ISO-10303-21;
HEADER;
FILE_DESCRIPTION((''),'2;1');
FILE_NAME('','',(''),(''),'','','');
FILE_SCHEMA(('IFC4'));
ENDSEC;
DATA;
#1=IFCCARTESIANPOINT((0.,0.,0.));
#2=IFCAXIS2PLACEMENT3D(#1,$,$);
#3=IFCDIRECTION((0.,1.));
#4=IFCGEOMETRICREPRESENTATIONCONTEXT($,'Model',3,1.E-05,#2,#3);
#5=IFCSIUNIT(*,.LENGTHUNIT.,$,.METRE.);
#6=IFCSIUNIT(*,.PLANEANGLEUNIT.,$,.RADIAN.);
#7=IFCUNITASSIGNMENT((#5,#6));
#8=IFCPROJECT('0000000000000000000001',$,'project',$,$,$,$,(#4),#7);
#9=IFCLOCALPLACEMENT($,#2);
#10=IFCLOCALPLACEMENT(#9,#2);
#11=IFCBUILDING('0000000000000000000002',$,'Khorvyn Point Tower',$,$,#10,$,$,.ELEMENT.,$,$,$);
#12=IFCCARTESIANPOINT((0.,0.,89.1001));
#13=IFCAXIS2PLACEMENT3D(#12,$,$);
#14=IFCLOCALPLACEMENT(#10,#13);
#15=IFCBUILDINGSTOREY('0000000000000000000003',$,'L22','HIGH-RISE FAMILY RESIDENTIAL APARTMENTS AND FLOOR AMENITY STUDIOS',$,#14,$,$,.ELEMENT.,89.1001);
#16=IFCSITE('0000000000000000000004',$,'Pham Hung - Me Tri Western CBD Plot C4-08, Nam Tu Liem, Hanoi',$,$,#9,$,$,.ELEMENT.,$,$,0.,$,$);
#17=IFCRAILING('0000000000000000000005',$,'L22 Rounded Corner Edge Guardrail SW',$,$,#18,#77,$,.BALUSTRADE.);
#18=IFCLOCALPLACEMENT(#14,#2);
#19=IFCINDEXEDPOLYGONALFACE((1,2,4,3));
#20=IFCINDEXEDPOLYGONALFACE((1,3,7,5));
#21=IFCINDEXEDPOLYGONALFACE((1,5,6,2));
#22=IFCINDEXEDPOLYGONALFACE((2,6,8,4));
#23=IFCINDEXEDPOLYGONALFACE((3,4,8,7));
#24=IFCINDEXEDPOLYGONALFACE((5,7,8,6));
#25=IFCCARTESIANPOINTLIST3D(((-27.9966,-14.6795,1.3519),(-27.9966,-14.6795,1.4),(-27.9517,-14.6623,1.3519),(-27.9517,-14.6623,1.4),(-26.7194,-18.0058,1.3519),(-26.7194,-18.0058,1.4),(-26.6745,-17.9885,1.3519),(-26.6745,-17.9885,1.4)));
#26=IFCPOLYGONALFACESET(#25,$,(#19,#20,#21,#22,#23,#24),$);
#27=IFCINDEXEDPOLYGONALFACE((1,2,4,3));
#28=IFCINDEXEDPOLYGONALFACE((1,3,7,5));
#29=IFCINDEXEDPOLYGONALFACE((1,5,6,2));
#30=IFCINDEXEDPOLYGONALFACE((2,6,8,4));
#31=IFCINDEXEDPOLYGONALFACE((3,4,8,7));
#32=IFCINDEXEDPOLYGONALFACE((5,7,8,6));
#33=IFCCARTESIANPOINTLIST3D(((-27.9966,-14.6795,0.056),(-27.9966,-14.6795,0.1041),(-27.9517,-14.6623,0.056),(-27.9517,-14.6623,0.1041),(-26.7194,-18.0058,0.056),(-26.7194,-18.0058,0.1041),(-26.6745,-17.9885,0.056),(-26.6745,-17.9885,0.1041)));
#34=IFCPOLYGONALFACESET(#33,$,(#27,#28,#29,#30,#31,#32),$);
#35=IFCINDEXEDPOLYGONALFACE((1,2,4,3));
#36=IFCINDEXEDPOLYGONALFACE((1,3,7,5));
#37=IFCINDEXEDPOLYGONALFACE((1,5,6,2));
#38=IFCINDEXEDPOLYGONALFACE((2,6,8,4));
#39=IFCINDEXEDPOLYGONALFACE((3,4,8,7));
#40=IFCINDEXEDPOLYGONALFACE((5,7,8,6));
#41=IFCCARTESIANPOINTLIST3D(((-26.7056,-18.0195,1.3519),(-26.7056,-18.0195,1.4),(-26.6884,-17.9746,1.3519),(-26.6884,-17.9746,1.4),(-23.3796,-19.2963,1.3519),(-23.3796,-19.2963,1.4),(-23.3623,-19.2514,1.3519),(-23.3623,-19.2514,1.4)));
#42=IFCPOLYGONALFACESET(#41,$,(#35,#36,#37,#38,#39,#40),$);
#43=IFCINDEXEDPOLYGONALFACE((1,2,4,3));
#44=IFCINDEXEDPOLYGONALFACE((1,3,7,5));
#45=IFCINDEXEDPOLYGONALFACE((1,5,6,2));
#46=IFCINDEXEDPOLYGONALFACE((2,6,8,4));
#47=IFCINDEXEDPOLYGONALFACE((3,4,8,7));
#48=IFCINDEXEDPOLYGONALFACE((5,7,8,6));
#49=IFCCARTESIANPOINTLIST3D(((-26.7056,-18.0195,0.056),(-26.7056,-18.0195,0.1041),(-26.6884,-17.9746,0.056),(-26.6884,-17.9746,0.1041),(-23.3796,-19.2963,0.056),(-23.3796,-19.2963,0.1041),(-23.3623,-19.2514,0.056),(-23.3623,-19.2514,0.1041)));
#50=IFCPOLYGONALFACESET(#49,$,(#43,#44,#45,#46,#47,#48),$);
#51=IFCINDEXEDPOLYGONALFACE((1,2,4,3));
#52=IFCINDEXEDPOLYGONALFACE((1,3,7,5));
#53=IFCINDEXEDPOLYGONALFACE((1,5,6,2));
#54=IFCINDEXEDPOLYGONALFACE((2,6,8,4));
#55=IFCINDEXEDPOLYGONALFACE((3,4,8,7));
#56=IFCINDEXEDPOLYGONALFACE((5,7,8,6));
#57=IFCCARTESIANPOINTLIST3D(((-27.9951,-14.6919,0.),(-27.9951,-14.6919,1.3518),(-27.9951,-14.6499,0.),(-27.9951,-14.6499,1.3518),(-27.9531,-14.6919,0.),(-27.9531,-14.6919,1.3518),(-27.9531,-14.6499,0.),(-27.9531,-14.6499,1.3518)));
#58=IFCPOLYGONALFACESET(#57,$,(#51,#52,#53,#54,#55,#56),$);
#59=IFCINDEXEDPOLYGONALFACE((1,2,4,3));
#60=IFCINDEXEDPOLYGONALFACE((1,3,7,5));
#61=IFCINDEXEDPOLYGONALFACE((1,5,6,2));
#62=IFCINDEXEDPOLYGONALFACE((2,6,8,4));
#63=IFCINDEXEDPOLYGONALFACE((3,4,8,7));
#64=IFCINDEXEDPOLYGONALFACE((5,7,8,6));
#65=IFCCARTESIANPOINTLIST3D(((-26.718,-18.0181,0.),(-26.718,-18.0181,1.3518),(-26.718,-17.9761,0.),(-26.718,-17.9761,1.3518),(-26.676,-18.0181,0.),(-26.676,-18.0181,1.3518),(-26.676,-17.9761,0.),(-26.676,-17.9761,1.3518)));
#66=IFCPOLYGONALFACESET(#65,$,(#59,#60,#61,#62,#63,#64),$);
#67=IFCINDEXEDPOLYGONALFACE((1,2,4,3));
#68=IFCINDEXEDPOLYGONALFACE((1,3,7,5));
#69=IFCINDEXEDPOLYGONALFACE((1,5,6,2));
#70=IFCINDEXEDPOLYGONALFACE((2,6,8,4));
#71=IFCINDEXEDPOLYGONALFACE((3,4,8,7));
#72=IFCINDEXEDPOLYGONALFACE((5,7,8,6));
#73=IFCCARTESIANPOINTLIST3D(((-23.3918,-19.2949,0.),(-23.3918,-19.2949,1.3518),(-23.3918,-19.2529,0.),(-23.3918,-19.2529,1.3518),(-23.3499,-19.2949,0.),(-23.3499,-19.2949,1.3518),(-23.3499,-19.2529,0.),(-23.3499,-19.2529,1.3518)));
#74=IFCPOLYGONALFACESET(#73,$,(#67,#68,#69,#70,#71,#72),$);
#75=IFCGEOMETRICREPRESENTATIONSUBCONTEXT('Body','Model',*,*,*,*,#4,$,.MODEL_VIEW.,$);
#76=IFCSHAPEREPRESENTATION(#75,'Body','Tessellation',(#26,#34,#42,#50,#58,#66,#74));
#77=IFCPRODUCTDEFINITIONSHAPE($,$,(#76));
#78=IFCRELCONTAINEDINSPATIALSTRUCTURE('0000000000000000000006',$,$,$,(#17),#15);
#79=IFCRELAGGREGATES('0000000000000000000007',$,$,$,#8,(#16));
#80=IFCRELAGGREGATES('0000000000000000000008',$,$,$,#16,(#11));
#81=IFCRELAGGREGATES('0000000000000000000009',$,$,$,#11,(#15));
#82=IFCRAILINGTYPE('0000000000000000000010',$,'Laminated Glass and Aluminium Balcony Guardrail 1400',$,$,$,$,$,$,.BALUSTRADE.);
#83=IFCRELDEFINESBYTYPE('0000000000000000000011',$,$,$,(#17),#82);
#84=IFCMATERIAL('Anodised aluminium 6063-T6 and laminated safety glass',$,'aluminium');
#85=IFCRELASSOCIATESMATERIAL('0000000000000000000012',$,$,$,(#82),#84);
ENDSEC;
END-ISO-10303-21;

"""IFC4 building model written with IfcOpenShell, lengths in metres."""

from ifc_helpers import new_model, si_unit, direction, frame, origin, origin_2d, place, context, subcontext, project, spatial, rectangle, extrude, material, type_object, element, save


model = new_model("IFC4")

# Units and contexts
model_context = context("Model", 3, precision=1e-05, world=origin(), true_north=direction((0.0, 1.0)))
body_context = subcontext(model_context, "Body", "Model", "MODEL_VIEW")
ifc_project = project(units=[si_unit("LENGTHUNIT", "METRE"), si_unit("PLANEANGLEUNIT", "RADIAN")], contexts=[model_context])

# Site, building, storey
site_placement = place(None, origin())
site = spatial("IfcSite", under=ifc_project, at=site_placement, Name="Pham Hung - Me Tri Western CBD Plot C4-08, Nam Tu Liem, Hanoi", CompositionType="ELEMENT", RefElevation=0.0)
building_placement = place(site_placement, origin())
building = spatial("IfcBuilding", under=site, at=building_placement, Name="Khorvyn Point Tower", CompositionType="ELEMENT")
storey_placement = place(building_placement, frame((0.0, 0.0, 89.1001)))
storey = spatial("IfcBuildingStorey", under=building, at=storey_placement, Name="L22", Description="HIGH-RISE FAMILY RESIDENTIAL APARTMENTS AND FLOOR AMENITY STUDIOS", CompositionType="ELEMENT", Elevation=89.1001)

# Railing
ifc_material_1 = material(Name="Anodised aluminium 6063-T6 and laminated safety glass", Category="aluminium")
railing_type = type_object("IfcRailingType", Name="Laminated Glass and Aluminium Balcony Guardrail 1400", PredefinedType="BALUSTRADE", material=ifc_material_1)
railing_placement = place(storey_placement, frame((-27.9741, -14.6709, 0.0)))
element("IfcRailing", 1, at=railing_placement, inside=storey, type_object=railing_type, Name="L22 Rounded Corner Edge Guardrail SW", PredefinedType="BALUSTRADE", context=body_context, shape_type="SweptSolid", body=[
    extrude(rectangle(XDim=0.0481, YDim=0.0481, at=origin_2d()), frame((0.0, 0.0, 1.376), z_axis=(0.358442, -0.933552, 0.0), x_axis=(0.933552, 0.358442, 0.0)), (0.0, 0.0, 1.0), 3.563),
    extrude(rectangle(XDim=0.0481, YDim=0.0481, at=origin_2d()), frame((0.0, 0.0, 0.0801), z_axis=(0.358442, -0.933552, 0.0), x_axis=(0.933552, 0.358442, 0.0)), (0.0, 0.0, 1.0), 3.563),
    extrude(rectangle(XDim=0.0481, YDim=0.0481, at=origin_2d()), frame((1.2771, -3.3262, 1.376), z_axis=(0.933575, -0.358382, 0.0), x_axis=(0.358382, 0.933575, 0.0)), (0.0, 0.0, 1.0), 3.5627),
    extrude(rectangle(XDim=0.0481, YDim=0.0481, at=origin_2d()), frame((1.2771, -3.3262, 0.0801), z_axis=(0.933575, -0.358382, 0.0), x_axis=(0.358382, 0.933575, 0.0)), (0.0, 0.0, 1.0), 3.5627),
    extrude(rectangle(XDim=0.042, YDim=0.042, at=origin_2d()), origin(), (0.0, 0.0, 1.0), 1.3518),
    extrude(rectangle(XDim=0.042, YDim=0.042, at=origin_2d()), frame((1.2771, -3.3262, 0.0)), (0.0, 0.0, 1.0), 1.3518),
    extrude(rectangle(XDim=0.042, YDim=0.042, at=origin_2d()), frame((4.6033, -4.603, 0.0)), (0.0, 0.0, 1.0), 1.3518),
])

save(model, "model.ifc")
